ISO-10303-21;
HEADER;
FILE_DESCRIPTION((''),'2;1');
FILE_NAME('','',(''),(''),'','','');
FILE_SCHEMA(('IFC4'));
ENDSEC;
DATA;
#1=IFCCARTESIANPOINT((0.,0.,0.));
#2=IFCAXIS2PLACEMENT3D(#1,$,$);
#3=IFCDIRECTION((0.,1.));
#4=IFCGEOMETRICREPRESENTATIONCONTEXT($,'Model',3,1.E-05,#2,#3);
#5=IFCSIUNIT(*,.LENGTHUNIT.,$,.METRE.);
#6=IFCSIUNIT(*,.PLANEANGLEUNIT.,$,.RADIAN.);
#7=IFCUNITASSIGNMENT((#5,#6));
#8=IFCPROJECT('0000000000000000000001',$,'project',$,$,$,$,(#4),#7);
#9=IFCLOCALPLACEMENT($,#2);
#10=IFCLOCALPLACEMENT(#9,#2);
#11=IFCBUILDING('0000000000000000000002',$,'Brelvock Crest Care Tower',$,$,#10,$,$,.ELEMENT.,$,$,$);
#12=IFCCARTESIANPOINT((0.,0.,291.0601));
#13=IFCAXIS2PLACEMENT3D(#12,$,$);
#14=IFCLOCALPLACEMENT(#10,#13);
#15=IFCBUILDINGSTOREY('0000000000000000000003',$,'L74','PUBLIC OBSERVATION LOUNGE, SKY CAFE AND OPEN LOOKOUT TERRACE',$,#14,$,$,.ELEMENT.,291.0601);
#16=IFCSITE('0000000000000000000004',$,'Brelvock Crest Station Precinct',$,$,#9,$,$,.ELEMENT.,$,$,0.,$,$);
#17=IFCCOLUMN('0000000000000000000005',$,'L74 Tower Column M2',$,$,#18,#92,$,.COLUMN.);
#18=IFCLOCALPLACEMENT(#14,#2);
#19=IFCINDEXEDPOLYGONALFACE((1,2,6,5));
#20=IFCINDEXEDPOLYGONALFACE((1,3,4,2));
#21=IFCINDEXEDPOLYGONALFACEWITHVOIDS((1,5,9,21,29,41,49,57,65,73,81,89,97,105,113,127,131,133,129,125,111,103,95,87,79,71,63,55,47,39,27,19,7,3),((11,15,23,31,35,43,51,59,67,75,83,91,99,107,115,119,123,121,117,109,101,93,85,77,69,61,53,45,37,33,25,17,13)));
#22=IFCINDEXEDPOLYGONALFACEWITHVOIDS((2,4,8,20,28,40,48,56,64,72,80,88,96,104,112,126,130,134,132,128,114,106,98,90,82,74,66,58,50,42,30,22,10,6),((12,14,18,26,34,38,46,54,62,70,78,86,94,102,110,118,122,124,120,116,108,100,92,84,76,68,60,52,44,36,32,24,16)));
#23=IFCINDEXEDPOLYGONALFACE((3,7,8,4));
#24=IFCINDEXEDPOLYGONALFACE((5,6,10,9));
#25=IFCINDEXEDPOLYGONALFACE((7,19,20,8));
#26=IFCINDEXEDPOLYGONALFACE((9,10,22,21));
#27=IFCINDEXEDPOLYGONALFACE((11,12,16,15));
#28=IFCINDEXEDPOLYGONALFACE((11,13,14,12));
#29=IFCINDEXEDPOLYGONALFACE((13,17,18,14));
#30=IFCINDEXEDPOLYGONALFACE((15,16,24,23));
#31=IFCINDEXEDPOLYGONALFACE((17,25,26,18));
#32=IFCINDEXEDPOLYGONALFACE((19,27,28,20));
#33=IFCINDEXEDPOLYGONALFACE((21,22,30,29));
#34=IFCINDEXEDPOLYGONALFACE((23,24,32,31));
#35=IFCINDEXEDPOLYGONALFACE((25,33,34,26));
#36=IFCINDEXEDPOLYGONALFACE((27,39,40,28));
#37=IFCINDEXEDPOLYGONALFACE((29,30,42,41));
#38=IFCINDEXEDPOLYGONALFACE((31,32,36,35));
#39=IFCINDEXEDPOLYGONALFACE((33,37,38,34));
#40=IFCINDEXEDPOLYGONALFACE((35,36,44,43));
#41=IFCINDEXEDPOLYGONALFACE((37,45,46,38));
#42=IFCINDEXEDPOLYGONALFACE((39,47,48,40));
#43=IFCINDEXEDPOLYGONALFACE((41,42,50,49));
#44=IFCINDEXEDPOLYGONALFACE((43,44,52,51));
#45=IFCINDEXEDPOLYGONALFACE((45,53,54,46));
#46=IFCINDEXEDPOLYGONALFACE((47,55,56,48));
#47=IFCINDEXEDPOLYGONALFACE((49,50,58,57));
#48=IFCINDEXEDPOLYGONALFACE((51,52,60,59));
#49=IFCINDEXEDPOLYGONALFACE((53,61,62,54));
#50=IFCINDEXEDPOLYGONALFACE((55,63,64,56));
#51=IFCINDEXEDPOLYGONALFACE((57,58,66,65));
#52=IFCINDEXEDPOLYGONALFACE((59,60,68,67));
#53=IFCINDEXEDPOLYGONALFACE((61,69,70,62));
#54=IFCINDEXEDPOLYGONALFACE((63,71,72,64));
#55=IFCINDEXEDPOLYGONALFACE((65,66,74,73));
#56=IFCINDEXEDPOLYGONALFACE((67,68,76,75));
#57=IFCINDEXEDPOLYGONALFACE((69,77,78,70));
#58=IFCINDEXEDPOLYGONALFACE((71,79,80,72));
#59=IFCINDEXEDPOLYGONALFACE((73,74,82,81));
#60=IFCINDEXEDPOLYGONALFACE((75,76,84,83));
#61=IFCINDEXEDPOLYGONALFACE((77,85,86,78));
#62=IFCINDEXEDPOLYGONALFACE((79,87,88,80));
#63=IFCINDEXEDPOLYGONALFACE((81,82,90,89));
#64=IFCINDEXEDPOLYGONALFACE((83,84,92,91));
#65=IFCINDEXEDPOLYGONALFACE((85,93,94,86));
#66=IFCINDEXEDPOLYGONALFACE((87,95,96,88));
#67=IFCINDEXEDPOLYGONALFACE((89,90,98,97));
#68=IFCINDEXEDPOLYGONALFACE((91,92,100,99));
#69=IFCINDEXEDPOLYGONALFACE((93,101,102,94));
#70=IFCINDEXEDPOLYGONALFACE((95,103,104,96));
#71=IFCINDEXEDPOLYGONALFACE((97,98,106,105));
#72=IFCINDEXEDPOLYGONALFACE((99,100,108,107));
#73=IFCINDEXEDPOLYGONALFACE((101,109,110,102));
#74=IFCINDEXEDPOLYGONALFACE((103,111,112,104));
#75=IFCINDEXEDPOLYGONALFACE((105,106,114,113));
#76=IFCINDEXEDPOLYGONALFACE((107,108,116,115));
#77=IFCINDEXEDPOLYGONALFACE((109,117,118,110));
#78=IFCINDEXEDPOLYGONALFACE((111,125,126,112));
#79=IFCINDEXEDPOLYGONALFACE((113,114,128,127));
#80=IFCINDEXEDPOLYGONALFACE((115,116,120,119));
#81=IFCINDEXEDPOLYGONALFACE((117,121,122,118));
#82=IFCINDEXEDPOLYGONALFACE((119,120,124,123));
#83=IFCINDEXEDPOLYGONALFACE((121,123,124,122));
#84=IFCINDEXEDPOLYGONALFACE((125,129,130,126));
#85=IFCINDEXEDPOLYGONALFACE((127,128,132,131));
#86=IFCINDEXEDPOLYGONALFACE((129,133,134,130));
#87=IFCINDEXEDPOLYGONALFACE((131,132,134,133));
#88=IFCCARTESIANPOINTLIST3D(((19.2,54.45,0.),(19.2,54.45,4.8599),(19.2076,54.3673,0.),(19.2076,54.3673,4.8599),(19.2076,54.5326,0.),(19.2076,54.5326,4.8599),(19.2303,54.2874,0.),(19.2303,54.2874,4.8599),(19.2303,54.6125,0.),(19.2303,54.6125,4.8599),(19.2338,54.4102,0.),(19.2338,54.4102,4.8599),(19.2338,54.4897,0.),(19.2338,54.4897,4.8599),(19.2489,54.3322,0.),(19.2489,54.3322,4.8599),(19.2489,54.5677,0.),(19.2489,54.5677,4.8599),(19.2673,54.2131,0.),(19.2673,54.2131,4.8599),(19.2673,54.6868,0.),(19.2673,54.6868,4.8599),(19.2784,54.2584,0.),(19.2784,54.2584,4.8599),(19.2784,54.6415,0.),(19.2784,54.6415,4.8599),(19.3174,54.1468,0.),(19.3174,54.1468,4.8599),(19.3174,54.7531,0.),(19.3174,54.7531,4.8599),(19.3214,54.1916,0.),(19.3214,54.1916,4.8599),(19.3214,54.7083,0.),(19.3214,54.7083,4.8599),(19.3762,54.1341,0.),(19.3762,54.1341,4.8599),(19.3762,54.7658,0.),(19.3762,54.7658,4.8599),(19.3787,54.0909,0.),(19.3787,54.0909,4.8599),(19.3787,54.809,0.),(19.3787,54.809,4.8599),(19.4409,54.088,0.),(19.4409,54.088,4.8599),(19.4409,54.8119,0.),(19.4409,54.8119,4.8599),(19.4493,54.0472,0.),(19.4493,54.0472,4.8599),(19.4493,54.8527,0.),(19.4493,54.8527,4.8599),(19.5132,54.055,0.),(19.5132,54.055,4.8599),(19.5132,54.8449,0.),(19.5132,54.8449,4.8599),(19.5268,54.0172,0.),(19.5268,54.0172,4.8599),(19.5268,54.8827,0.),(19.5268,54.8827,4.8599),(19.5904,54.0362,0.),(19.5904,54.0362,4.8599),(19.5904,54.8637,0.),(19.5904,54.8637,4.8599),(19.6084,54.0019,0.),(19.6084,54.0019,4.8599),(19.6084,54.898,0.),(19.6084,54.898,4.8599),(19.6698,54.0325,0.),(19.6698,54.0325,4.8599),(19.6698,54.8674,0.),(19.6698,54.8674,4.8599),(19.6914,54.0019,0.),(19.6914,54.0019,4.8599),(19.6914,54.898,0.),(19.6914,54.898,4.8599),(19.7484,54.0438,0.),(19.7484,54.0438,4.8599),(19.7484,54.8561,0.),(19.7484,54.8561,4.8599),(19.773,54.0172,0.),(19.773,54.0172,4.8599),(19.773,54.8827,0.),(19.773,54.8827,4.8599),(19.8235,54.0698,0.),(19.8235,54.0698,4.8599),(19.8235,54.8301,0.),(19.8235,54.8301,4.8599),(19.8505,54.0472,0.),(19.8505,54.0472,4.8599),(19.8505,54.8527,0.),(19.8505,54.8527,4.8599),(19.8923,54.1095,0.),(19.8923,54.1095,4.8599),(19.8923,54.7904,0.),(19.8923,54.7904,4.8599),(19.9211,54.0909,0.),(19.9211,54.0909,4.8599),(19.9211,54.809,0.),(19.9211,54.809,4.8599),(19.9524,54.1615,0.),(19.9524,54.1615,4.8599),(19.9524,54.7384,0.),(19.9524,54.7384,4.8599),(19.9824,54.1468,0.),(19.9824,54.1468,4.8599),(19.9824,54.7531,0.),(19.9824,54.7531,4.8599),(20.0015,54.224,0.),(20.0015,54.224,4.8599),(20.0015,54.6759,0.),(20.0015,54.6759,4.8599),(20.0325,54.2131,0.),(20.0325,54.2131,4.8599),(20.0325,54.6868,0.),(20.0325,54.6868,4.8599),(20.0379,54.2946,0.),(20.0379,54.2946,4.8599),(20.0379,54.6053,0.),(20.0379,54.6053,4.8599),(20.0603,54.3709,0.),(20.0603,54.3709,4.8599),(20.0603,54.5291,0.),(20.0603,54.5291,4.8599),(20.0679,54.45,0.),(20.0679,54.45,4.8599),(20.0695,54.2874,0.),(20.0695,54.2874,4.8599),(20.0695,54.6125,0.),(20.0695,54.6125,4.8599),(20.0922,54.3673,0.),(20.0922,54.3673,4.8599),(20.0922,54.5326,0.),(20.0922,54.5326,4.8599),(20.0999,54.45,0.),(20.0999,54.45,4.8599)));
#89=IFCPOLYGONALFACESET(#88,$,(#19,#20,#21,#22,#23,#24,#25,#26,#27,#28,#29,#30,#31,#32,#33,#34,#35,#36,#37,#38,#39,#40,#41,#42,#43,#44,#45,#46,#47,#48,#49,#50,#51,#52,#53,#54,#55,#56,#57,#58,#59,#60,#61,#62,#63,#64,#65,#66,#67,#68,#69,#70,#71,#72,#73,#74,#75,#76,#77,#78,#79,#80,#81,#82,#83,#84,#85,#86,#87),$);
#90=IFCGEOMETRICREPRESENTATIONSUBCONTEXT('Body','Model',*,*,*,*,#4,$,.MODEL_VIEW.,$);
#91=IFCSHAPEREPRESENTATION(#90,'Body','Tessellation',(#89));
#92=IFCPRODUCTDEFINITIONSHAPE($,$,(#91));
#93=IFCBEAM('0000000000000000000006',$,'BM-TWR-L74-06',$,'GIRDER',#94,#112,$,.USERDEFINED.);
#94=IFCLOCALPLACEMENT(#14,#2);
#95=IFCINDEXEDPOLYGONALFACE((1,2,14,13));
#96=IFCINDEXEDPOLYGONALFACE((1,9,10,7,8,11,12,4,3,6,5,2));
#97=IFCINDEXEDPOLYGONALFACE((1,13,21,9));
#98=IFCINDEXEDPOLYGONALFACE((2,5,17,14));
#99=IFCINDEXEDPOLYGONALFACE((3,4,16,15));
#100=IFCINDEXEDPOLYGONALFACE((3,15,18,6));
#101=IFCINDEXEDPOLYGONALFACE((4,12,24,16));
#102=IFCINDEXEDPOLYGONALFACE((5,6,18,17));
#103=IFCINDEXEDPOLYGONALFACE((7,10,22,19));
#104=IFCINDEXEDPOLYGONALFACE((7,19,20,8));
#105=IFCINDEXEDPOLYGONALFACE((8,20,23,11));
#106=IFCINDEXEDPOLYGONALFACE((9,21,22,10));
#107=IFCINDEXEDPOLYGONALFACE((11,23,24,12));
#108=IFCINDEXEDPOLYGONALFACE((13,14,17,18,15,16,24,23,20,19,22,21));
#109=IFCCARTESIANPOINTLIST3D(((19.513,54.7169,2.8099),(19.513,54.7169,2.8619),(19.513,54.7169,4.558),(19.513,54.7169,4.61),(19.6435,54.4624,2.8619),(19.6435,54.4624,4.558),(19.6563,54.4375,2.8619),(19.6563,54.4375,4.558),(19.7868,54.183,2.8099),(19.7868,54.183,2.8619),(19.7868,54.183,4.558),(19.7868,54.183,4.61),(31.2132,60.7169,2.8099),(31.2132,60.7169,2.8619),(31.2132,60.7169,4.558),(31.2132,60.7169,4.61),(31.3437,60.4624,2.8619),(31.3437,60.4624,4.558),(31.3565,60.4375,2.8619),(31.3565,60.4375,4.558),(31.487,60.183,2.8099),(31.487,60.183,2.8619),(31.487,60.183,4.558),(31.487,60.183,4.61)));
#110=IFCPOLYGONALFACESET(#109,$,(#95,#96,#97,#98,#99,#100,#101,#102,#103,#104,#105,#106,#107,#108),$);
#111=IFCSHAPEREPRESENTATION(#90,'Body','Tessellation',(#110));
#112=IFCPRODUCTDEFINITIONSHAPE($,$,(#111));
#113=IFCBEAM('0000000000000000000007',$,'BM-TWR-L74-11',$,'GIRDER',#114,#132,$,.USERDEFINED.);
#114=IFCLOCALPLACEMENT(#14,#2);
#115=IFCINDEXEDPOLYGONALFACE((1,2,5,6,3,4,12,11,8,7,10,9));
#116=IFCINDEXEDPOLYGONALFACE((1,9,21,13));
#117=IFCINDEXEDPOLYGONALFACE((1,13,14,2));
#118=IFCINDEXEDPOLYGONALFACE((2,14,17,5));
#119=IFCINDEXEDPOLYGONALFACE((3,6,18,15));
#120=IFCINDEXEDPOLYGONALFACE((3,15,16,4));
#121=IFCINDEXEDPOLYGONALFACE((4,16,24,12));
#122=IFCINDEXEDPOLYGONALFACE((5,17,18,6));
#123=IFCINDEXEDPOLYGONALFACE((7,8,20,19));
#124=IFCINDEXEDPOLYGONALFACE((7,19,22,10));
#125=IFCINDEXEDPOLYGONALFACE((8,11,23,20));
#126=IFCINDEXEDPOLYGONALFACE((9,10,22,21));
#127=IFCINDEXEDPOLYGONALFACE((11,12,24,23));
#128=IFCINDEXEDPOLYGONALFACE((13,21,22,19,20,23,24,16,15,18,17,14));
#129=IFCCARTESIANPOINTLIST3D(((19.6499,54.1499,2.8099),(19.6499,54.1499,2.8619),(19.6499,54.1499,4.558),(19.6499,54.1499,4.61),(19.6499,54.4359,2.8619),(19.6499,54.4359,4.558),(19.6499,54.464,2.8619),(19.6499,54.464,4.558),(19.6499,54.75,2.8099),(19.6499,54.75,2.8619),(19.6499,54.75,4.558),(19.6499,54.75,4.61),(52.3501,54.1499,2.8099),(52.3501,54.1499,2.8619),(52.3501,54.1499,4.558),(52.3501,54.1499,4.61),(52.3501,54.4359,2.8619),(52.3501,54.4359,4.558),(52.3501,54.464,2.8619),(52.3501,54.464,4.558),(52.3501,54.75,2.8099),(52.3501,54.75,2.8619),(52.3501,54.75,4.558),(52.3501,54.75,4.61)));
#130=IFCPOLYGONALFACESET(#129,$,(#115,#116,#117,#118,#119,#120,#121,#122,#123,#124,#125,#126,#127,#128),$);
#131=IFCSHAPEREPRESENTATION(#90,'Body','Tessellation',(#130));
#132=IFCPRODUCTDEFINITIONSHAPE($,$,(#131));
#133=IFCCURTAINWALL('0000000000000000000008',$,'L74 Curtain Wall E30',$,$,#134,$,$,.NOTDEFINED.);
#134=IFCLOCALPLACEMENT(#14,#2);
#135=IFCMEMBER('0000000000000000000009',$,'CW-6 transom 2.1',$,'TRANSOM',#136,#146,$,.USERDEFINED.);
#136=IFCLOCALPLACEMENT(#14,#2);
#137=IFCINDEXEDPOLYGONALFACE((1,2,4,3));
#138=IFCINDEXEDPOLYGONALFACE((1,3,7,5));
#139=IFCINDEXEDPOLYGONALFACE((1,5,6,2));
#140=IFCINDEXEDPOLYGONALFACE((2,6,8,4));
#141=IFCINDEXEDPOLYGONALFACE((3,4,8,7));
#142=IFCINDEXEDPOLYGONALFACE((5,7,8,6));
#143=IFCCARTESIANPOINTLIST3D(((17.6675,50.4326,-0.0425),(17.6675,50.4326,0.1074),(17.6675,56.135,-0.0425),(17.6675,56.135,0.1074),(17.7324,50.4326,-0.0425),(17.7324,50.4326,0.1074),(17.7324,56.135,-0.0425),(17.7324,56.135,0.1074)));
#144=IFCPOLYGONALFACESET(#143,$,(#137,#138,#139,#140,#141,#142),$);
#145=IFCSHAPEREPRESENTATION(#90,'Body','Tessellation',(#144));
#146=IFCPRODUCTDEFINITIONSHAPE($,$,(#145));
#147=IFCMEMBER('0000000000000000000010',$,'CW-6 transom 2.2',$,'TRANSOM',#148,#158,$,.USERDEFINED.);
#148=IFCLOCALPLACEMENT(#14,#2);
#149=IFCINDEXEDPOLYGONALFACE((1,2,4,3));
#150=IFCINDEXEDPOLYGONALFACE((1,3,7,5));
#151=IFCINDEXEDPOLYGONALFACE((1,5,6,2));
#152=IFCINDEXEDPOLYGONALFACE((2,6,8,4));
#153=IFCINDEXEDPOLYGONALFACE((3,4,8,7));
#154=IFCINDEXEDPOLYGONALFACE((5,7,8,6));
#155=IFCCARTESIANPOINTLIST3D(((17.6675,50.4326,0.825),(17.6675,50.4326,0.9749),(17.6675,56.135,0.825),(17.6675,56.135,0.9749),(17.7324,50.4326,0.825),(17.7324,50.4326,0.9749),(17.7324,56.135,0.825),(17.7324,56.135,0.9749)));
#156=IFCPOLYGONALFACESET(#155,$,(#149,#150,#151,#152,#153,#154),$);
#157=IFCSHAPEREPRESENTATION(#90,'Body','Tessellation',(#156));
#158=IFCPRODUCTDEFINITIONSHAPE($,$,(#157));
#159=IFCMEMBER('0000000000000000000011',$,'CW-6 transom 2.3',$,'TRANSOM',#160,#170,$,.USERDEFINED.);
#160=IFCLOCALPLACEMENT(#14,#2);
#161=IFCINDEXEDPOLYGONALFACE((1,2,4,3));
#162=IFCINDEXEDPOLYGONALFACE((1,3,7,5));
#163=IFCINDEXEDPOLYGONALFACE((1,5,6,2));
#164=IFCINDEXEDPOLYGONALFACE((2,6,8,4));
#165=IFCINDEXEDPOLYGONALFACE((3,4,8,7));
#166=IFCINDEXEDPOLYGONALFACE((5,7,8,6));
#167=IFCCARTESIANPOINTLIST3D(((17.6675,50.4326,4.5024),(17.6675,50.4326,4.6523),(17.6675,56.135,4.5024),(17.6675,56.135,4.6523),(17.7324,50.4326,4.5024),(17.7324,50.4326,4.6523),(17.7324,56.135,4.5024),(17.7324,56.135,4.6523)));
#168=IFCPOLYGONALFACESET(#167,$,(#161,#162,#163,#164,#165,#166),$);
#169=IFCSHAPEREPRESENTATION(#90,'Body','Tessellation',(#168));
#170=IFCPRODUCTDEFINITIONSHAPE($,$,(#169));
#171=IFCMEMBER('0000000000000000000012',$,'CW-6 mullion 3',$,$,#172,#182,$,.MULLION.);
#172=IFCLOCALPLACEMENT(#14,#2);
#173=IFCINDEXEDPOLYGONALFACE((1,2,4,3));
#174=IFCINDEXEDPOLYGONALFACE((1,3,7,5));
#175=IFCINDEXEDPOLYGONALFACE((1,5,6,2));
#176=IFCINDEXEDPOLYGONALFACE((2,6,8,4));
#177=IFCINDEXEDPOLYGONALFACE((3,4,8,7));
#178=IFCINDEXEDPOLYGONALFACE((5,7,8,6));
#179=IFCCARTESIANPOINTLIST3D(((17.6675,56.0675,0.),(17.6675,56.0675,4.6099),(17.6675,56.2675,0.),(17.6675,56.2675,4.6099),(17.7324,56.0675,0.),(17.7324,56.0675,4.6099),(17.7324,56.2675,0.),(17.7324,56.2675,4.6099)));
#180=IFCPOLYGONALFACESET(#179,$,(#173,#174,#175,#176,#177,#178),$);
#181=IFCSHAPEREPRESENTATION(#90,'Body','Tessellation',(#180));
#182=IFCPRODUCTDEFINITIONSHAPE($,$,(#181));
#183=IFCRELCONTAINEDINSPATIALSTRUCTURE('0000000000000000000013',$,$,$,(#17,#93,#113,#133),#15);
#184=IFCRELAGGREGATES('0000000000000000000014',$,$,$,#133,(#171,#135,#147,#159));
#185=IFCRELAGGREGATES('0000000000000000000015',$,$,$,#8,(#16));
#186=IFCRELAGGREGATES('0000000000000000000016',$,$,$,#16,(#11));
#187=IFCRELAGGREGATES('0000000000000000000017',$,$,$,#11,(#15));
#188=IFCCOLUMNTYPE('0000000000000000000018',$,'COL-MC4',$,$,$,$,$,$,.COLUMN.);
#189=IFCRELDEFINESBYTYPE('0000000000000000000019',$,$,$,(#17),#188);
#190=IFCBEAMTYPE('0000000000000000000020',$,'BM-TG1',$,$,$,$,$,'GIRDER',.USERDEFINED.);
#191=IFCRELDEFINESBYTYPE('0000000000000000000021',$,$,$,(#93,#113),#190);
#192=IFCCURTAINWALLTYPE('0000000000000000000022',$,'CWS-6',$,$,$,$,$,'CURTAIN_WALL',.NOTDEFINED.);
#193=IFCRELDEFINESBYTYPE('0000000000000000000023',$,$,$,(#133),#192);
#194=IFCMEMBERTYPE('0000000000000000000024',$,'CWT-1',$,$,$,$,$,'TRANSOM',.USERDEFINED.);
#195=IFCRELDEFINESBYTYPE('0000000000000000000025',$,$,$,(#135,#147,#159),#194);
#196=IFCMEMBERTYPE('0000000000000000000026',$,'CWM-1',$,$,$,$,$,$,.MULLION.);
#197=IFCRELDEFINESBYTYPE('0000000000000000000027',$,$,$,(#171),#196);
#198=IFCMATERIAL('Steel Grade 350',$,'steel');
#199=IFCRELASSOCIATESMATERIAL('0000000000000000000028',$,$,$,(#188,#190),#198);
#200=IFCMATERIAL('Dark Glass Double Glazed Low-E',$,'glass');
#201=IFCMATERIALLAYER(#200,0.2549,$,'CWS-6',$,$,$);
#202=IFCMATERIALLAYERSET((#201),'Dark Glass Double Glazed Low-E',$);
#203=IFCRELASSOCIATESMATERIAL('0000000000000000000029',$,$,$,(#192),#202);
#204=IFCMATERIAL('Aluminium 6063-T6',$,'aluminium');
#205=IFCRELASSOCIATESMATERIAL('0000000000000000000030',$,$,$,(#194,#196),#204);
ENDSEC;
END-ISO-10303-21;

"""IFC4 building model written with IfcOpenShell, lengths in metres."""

from ifc_helpers import new_model, si_unit, direction, frame, origin, origin_2d, place, context, subcontext, project, spatial, rectangle, hollow_circle, i_section, extrude, source, transform, mapped, material, layer, layer_set, material_profile, profile_set, type_object, element, aggregate, save


model = new_model("IFC4")

# Units and contexts
model_context = context("Model", 3, precision=1e-05, world=origin(), true_north=direction((0.0, 1.0)))
body_context = subcontext(model_context, "Body", "Model", "MODEL_VIEW")
ifc_project = project(units=[si_unit("LENGTHUNIT", "METRE"), si_unit("PLANEANGLEUNIT", "RADIAN")], contexts=[model_context])

# Site, building, storey
site_placement = place(None, origin())
site = spatial("IfcSite", under=ifc_project, at=site_placement, Name="Brelvock Crest Station Precinct", CompositionType="ELEMENT", RefElevation=0.0)
building_placement = place(site_placement, origin())
building = spatial("IfcBuilding", under=site, at=building_placement, Name="Brelvock Crest Care Tower", CompositionType="ELEMENT")
storey_placement = place(building_placement, frame((0.0, 0.0, 291.0601)))
storey = spatial("IfcBuildingStorey", under=building, at=storey_placement, Name="L74", Description="PUBLIC OBSERVATION LOUNGE, SKY CAFE AND OPEN LOOKOUT TERRACE", CompositionType="ELEMENT", Elevation=291.0601)

# Column
ifc_material_1 = material(Name="Steel Grade 350", Category="steel")
ifc_material_profile_1 = material_profile(ifc_material_1, hollow_circle(Radius=0.45, WallThickness=0.032, at=origin_2d()), Name="CFT900x32")
ifc_profile_set_1 = profile_set([ifc_material_profile_1], Name="Steel Grade 350")
column_type = type_object("IfcColumnType", Name="COL-MC4", PredefinedType="COLUMN", material=ifc_profile_set_1)
shared_shape_1 = source(origin(), body_context, "Body", "SweptSolid", [
    extrude(hollow_circle(Radius=0.45, WallThickness=0.032, at=origin_2d()), origin(), (0.0, 0.0, 1.0), 4.8599),
])
column_placement = place(storey_placement, frame((19.6499, 54.45, 0.0), z_axis=(0.0, 0.0, 1.0), x_axis=(1.0, 0.0, 0.0)))
element("IfcColumn", 1, at=column_placement, inside=storey, type_object=column_type, Name="L74 Tower Column M2", PredefinedType="COLUMN", context=body_context, shape_type="MappedRepresentation", body=[
    mapped(shared_shape_1, transform((0.0, 0.0, 0.0), x_axis=(1.0, 0.0, 0.0), y_axis=(0.0, 1.0, 0.0), z_axis=(0.0, 0.0, 1.0), scale=1.0)),
])

# Beams
ifc_material_profile_2 = material_profile(ifc_material_1, i_section(OverallWidth=0.6001, OverallDepth=1.8, WebThickness=0.0281, FlangeThickness=0.052, at=origin_2d()), Name="1800TG740")
ifc_profile_set_2 = profile_set([ifc_material_profile_2], Name="Steel Grade 350")
beam_type = type_object("IfcBeamType", Name="BM-TG1", ElementType="GIRDER", PredefinedType="USERDEFINED", material=ifc_profile_set_2)
shared_shape_2 = source(origin(), body_context, "Body", "SweptSolid", [
    extrude(i_section(OverallWidth=0.6001, OverallDepth=1.8, WebThickness=0.0281, FlangeThickness=0.052, at=origin_2d()), origin(), (0.0, 0.0, 1.0), 13.1489),
])
beam_1_placement = place(storey_placement, frame((19.6499, 54.45, 3.71), z_axis=(0.889821, 0.456311, 0.0), x_axis=(-0.456311, 0.889821, 0.0)))
element("IfcBeam", 2, at=beam_1_placement, inside=storey, type_object=beam_type, Name="BM-TWR-L74-06", ObjectType="GIRDER", PredefinedType="USERDEFINED", context=body_context, shape_type="MappedRepresentation", body=[
    mapped(shared_shape_2, transform((0.0, 0.0, 0.0), x_axis=(1.0, 0.0, 0.0), y_axis=(0.0, 1.0, 0.0), z_axis=(0.0, 0.0, 1.0), scale=1.0)),
])
shared_shape_3 = source(origin(), body_context, "Body", "SweptSolid", [
    extrude(i_section(OverallWidth=0.6001, OverallDepth=1.8, WebThickness=0.0281, FlangeThickness=0.052, at=origin_2d()), origin(), (0.0, 0.0, 1.0), 32.7002),
])
beam_2_placement = place(storey_placement, frame((19.6499, 54.45, 3.71), z_axis=(1.0, 0.0, 0.0), x_axis=(0.0, 1.0, 0.0)))
element("IfcBeam", 3, at=beam_2_placement, inside=storey, type_object=beam_type, Name="BM-TWR-L74-11", ObjectType="GIRDER", PredefinedType="USERDEFINED", context=body_context, shape_type="MappedRepresentation", body=[
    mapped(shared_shape_3, transform((0.0, 0.0, 0.0), x_axis=(1.0, 0.0, 0.0), y_axis=(0.0, 1.0, 0.0), z_axis=(0.0, 0.0, 1.0), scale=1.0)),
])

# Curtain wall, members
ifc_material_2 = material(Name="Dark Glass Double Glazed Low-E", Category="glass")
ifc_layer_1 = layer(ifc_material_2, 0.2549, Name="CWS-6")
ifc_layer_set_1 = layer_set([ifc_layer_1], Name="Dark Glass Double Glazed Low-E")
curtain_wall_type = type_object("IfcCurtainWallType", Name="CWS-6", ElementType="CURTAIN_WALL", PredefinedType="NOTDEFINED", material=ifc_layer_set_1)
curtain_wall_1_placement = place(storey_placement, origin())
curtain_wall_1 = element("IfcCurtainWall", 4, at=curtain_wall_1_placement, inside=storey, type_object=curtain_wall_type, Name="L74 Curtain Wall E30", PredefinedType="NOTDEFINED")
ifc_material_3 = material(Name="Aluminium 6063-T6", Category="aluminium")
ifc_material_profile_3 = material_profile(ifc_material_3, rectangle(XDim=0.0649, YDim=0.1499, at=origin_2d()), Name="ALU65x150")
ifc_profile_set_3 = profile_set([ifc_material_profile_3], Name="Aluminium 6063-T6")
member_type_1 = type_object("IfcMemberType", Name="CWT-1", ElementType="TRANSOM", PredefinedType="USERDEFINED", material=ifc_profile_set_3)
shared_shape_4 = source(origin(), body_context, "Body", "SweptSolid", [
    extrude(rectangle(XDim=0.0649, YDim=0.1499, at=origin_2d()), origin(), (0.0, 0.0, 1.0), 5.7024),
])
member_1_placement = place(storey_placement, frame((17.7, 50.4326, 0.0325), z_axis=(0.0, 1.0, 0.0), x_axis=(-1.0, 0.0, 0.0)))
member_1 = element("IfcMember", 5, at=member_1_placement, type_object=member_type_1, Name="CW-6 transom 2.1", ObjectType="TRANSOM", PredefinedType="USERDEFINED", context=body_context, shape_type="MappedRepresentation", body=[
    mapped(shared_shape_4, transform((0.0, 0.0, 0.0), x_axis=(1.0, 0.0, 0.0), y_axis=(0.0, 1.0, 0.0), z_axis=(0.0, 0.0, 1.0), scale=1.0)),
])
member_2_placement = place(storey_placement, frame((17.7, 50.4326, 0.8999), z_axis=(0.0, 1.0, 0.0), x_axis=(-1.0, 0.0, 0.0)))
member_2 = element("IfcMember", 6, at=member_2_placement, type_object=member_type_1, Name="CW-6 transom 2.2", ObjectType="TRANSOM", PredefinedType="USERDEFINED", context=body_context, shape_type="MappedRepresentation", body=[
    mapped(shared_shape_4, transform((0.0, 0.0, 0.0), x_axis=(1.0, 0.0, 0.0), y_axis=(0.0, 1.0, 0.0), z_axis=(0.0, 0.0, 1.0), scale=1.0)),
])
member_3_placement = place(storey_placement, frame((17.7, 50.4326, 4.5774), z_axis=(0.0, 1.0, 0.0), x_axis=(-1.0, 0.0, 0.0)))
member_3 = element("IfcMember", 7, at=member_3_placement, type_object=member_type_1, Name="CW-6 transom 2.3", ObjectType="TRANSOM", PredefinedType="USERDEFINED", context=body_context, shape_type="MappedRepresentation", body=[
    mapped(shared_shape_4, transform((0.0, 0.0, 0.0), x_axis=(1.0, 0.0, 0.0), y_axis=(0.0, 1.0, 0.0), z_axis=(0.0, 0.0, 1.0), scale=1.0)),
])
ifc_material_profile_4 = material_profile(ifc_material_3, rectangle(XDim=0.0649, YDim=0.2, at=origin_2d()), Name="ALU65x200")
ifc_profile_set_4 = profile_set([ifc_material_profile_4], Name="Aluminium 6063-T6")
member_type_2 = type_object("IfcMemberType", Name="CWM-1", PredefinedType="MULLION", material=ifc_profile_set_4)
shared_shape_5 = source(origin(), body_context, "Body", "SweptSolid", [
    extrude(rectangle(XDim=0.0649, YDim=0.2, at=origin_2d()), origin(), (0.0, 0.0, 1.0), 4.6099),
])
member_4_placement = place(storey_placement, frame((17.7, 56.1675, 0.0), z_axis=(0.0, 0.0, 1.0), x_axis=(-1.0, 0.0, 0.0)))
member_4 = element("IfcMember", 8, at=member_4_placement, type_object=member_type_2, Name="CW-6 mullion 3", PredefinedType="MULLION", context=body_context, shape_type="MappedRepresentation", body=[
    mapped(shared_shape_5, transform((0.0, 0.0, 0.0), x_axis=(1.0, 0.0, 0.0), y_axis=(0.0, 1.0, 0.0), z_axis=(0.0, 0.0, 1.0), scale=1.0)),
])

aggregate(curtain_wall_1, [member_4, member_1, member_2, member_3])

save(model, "model.ifc")
